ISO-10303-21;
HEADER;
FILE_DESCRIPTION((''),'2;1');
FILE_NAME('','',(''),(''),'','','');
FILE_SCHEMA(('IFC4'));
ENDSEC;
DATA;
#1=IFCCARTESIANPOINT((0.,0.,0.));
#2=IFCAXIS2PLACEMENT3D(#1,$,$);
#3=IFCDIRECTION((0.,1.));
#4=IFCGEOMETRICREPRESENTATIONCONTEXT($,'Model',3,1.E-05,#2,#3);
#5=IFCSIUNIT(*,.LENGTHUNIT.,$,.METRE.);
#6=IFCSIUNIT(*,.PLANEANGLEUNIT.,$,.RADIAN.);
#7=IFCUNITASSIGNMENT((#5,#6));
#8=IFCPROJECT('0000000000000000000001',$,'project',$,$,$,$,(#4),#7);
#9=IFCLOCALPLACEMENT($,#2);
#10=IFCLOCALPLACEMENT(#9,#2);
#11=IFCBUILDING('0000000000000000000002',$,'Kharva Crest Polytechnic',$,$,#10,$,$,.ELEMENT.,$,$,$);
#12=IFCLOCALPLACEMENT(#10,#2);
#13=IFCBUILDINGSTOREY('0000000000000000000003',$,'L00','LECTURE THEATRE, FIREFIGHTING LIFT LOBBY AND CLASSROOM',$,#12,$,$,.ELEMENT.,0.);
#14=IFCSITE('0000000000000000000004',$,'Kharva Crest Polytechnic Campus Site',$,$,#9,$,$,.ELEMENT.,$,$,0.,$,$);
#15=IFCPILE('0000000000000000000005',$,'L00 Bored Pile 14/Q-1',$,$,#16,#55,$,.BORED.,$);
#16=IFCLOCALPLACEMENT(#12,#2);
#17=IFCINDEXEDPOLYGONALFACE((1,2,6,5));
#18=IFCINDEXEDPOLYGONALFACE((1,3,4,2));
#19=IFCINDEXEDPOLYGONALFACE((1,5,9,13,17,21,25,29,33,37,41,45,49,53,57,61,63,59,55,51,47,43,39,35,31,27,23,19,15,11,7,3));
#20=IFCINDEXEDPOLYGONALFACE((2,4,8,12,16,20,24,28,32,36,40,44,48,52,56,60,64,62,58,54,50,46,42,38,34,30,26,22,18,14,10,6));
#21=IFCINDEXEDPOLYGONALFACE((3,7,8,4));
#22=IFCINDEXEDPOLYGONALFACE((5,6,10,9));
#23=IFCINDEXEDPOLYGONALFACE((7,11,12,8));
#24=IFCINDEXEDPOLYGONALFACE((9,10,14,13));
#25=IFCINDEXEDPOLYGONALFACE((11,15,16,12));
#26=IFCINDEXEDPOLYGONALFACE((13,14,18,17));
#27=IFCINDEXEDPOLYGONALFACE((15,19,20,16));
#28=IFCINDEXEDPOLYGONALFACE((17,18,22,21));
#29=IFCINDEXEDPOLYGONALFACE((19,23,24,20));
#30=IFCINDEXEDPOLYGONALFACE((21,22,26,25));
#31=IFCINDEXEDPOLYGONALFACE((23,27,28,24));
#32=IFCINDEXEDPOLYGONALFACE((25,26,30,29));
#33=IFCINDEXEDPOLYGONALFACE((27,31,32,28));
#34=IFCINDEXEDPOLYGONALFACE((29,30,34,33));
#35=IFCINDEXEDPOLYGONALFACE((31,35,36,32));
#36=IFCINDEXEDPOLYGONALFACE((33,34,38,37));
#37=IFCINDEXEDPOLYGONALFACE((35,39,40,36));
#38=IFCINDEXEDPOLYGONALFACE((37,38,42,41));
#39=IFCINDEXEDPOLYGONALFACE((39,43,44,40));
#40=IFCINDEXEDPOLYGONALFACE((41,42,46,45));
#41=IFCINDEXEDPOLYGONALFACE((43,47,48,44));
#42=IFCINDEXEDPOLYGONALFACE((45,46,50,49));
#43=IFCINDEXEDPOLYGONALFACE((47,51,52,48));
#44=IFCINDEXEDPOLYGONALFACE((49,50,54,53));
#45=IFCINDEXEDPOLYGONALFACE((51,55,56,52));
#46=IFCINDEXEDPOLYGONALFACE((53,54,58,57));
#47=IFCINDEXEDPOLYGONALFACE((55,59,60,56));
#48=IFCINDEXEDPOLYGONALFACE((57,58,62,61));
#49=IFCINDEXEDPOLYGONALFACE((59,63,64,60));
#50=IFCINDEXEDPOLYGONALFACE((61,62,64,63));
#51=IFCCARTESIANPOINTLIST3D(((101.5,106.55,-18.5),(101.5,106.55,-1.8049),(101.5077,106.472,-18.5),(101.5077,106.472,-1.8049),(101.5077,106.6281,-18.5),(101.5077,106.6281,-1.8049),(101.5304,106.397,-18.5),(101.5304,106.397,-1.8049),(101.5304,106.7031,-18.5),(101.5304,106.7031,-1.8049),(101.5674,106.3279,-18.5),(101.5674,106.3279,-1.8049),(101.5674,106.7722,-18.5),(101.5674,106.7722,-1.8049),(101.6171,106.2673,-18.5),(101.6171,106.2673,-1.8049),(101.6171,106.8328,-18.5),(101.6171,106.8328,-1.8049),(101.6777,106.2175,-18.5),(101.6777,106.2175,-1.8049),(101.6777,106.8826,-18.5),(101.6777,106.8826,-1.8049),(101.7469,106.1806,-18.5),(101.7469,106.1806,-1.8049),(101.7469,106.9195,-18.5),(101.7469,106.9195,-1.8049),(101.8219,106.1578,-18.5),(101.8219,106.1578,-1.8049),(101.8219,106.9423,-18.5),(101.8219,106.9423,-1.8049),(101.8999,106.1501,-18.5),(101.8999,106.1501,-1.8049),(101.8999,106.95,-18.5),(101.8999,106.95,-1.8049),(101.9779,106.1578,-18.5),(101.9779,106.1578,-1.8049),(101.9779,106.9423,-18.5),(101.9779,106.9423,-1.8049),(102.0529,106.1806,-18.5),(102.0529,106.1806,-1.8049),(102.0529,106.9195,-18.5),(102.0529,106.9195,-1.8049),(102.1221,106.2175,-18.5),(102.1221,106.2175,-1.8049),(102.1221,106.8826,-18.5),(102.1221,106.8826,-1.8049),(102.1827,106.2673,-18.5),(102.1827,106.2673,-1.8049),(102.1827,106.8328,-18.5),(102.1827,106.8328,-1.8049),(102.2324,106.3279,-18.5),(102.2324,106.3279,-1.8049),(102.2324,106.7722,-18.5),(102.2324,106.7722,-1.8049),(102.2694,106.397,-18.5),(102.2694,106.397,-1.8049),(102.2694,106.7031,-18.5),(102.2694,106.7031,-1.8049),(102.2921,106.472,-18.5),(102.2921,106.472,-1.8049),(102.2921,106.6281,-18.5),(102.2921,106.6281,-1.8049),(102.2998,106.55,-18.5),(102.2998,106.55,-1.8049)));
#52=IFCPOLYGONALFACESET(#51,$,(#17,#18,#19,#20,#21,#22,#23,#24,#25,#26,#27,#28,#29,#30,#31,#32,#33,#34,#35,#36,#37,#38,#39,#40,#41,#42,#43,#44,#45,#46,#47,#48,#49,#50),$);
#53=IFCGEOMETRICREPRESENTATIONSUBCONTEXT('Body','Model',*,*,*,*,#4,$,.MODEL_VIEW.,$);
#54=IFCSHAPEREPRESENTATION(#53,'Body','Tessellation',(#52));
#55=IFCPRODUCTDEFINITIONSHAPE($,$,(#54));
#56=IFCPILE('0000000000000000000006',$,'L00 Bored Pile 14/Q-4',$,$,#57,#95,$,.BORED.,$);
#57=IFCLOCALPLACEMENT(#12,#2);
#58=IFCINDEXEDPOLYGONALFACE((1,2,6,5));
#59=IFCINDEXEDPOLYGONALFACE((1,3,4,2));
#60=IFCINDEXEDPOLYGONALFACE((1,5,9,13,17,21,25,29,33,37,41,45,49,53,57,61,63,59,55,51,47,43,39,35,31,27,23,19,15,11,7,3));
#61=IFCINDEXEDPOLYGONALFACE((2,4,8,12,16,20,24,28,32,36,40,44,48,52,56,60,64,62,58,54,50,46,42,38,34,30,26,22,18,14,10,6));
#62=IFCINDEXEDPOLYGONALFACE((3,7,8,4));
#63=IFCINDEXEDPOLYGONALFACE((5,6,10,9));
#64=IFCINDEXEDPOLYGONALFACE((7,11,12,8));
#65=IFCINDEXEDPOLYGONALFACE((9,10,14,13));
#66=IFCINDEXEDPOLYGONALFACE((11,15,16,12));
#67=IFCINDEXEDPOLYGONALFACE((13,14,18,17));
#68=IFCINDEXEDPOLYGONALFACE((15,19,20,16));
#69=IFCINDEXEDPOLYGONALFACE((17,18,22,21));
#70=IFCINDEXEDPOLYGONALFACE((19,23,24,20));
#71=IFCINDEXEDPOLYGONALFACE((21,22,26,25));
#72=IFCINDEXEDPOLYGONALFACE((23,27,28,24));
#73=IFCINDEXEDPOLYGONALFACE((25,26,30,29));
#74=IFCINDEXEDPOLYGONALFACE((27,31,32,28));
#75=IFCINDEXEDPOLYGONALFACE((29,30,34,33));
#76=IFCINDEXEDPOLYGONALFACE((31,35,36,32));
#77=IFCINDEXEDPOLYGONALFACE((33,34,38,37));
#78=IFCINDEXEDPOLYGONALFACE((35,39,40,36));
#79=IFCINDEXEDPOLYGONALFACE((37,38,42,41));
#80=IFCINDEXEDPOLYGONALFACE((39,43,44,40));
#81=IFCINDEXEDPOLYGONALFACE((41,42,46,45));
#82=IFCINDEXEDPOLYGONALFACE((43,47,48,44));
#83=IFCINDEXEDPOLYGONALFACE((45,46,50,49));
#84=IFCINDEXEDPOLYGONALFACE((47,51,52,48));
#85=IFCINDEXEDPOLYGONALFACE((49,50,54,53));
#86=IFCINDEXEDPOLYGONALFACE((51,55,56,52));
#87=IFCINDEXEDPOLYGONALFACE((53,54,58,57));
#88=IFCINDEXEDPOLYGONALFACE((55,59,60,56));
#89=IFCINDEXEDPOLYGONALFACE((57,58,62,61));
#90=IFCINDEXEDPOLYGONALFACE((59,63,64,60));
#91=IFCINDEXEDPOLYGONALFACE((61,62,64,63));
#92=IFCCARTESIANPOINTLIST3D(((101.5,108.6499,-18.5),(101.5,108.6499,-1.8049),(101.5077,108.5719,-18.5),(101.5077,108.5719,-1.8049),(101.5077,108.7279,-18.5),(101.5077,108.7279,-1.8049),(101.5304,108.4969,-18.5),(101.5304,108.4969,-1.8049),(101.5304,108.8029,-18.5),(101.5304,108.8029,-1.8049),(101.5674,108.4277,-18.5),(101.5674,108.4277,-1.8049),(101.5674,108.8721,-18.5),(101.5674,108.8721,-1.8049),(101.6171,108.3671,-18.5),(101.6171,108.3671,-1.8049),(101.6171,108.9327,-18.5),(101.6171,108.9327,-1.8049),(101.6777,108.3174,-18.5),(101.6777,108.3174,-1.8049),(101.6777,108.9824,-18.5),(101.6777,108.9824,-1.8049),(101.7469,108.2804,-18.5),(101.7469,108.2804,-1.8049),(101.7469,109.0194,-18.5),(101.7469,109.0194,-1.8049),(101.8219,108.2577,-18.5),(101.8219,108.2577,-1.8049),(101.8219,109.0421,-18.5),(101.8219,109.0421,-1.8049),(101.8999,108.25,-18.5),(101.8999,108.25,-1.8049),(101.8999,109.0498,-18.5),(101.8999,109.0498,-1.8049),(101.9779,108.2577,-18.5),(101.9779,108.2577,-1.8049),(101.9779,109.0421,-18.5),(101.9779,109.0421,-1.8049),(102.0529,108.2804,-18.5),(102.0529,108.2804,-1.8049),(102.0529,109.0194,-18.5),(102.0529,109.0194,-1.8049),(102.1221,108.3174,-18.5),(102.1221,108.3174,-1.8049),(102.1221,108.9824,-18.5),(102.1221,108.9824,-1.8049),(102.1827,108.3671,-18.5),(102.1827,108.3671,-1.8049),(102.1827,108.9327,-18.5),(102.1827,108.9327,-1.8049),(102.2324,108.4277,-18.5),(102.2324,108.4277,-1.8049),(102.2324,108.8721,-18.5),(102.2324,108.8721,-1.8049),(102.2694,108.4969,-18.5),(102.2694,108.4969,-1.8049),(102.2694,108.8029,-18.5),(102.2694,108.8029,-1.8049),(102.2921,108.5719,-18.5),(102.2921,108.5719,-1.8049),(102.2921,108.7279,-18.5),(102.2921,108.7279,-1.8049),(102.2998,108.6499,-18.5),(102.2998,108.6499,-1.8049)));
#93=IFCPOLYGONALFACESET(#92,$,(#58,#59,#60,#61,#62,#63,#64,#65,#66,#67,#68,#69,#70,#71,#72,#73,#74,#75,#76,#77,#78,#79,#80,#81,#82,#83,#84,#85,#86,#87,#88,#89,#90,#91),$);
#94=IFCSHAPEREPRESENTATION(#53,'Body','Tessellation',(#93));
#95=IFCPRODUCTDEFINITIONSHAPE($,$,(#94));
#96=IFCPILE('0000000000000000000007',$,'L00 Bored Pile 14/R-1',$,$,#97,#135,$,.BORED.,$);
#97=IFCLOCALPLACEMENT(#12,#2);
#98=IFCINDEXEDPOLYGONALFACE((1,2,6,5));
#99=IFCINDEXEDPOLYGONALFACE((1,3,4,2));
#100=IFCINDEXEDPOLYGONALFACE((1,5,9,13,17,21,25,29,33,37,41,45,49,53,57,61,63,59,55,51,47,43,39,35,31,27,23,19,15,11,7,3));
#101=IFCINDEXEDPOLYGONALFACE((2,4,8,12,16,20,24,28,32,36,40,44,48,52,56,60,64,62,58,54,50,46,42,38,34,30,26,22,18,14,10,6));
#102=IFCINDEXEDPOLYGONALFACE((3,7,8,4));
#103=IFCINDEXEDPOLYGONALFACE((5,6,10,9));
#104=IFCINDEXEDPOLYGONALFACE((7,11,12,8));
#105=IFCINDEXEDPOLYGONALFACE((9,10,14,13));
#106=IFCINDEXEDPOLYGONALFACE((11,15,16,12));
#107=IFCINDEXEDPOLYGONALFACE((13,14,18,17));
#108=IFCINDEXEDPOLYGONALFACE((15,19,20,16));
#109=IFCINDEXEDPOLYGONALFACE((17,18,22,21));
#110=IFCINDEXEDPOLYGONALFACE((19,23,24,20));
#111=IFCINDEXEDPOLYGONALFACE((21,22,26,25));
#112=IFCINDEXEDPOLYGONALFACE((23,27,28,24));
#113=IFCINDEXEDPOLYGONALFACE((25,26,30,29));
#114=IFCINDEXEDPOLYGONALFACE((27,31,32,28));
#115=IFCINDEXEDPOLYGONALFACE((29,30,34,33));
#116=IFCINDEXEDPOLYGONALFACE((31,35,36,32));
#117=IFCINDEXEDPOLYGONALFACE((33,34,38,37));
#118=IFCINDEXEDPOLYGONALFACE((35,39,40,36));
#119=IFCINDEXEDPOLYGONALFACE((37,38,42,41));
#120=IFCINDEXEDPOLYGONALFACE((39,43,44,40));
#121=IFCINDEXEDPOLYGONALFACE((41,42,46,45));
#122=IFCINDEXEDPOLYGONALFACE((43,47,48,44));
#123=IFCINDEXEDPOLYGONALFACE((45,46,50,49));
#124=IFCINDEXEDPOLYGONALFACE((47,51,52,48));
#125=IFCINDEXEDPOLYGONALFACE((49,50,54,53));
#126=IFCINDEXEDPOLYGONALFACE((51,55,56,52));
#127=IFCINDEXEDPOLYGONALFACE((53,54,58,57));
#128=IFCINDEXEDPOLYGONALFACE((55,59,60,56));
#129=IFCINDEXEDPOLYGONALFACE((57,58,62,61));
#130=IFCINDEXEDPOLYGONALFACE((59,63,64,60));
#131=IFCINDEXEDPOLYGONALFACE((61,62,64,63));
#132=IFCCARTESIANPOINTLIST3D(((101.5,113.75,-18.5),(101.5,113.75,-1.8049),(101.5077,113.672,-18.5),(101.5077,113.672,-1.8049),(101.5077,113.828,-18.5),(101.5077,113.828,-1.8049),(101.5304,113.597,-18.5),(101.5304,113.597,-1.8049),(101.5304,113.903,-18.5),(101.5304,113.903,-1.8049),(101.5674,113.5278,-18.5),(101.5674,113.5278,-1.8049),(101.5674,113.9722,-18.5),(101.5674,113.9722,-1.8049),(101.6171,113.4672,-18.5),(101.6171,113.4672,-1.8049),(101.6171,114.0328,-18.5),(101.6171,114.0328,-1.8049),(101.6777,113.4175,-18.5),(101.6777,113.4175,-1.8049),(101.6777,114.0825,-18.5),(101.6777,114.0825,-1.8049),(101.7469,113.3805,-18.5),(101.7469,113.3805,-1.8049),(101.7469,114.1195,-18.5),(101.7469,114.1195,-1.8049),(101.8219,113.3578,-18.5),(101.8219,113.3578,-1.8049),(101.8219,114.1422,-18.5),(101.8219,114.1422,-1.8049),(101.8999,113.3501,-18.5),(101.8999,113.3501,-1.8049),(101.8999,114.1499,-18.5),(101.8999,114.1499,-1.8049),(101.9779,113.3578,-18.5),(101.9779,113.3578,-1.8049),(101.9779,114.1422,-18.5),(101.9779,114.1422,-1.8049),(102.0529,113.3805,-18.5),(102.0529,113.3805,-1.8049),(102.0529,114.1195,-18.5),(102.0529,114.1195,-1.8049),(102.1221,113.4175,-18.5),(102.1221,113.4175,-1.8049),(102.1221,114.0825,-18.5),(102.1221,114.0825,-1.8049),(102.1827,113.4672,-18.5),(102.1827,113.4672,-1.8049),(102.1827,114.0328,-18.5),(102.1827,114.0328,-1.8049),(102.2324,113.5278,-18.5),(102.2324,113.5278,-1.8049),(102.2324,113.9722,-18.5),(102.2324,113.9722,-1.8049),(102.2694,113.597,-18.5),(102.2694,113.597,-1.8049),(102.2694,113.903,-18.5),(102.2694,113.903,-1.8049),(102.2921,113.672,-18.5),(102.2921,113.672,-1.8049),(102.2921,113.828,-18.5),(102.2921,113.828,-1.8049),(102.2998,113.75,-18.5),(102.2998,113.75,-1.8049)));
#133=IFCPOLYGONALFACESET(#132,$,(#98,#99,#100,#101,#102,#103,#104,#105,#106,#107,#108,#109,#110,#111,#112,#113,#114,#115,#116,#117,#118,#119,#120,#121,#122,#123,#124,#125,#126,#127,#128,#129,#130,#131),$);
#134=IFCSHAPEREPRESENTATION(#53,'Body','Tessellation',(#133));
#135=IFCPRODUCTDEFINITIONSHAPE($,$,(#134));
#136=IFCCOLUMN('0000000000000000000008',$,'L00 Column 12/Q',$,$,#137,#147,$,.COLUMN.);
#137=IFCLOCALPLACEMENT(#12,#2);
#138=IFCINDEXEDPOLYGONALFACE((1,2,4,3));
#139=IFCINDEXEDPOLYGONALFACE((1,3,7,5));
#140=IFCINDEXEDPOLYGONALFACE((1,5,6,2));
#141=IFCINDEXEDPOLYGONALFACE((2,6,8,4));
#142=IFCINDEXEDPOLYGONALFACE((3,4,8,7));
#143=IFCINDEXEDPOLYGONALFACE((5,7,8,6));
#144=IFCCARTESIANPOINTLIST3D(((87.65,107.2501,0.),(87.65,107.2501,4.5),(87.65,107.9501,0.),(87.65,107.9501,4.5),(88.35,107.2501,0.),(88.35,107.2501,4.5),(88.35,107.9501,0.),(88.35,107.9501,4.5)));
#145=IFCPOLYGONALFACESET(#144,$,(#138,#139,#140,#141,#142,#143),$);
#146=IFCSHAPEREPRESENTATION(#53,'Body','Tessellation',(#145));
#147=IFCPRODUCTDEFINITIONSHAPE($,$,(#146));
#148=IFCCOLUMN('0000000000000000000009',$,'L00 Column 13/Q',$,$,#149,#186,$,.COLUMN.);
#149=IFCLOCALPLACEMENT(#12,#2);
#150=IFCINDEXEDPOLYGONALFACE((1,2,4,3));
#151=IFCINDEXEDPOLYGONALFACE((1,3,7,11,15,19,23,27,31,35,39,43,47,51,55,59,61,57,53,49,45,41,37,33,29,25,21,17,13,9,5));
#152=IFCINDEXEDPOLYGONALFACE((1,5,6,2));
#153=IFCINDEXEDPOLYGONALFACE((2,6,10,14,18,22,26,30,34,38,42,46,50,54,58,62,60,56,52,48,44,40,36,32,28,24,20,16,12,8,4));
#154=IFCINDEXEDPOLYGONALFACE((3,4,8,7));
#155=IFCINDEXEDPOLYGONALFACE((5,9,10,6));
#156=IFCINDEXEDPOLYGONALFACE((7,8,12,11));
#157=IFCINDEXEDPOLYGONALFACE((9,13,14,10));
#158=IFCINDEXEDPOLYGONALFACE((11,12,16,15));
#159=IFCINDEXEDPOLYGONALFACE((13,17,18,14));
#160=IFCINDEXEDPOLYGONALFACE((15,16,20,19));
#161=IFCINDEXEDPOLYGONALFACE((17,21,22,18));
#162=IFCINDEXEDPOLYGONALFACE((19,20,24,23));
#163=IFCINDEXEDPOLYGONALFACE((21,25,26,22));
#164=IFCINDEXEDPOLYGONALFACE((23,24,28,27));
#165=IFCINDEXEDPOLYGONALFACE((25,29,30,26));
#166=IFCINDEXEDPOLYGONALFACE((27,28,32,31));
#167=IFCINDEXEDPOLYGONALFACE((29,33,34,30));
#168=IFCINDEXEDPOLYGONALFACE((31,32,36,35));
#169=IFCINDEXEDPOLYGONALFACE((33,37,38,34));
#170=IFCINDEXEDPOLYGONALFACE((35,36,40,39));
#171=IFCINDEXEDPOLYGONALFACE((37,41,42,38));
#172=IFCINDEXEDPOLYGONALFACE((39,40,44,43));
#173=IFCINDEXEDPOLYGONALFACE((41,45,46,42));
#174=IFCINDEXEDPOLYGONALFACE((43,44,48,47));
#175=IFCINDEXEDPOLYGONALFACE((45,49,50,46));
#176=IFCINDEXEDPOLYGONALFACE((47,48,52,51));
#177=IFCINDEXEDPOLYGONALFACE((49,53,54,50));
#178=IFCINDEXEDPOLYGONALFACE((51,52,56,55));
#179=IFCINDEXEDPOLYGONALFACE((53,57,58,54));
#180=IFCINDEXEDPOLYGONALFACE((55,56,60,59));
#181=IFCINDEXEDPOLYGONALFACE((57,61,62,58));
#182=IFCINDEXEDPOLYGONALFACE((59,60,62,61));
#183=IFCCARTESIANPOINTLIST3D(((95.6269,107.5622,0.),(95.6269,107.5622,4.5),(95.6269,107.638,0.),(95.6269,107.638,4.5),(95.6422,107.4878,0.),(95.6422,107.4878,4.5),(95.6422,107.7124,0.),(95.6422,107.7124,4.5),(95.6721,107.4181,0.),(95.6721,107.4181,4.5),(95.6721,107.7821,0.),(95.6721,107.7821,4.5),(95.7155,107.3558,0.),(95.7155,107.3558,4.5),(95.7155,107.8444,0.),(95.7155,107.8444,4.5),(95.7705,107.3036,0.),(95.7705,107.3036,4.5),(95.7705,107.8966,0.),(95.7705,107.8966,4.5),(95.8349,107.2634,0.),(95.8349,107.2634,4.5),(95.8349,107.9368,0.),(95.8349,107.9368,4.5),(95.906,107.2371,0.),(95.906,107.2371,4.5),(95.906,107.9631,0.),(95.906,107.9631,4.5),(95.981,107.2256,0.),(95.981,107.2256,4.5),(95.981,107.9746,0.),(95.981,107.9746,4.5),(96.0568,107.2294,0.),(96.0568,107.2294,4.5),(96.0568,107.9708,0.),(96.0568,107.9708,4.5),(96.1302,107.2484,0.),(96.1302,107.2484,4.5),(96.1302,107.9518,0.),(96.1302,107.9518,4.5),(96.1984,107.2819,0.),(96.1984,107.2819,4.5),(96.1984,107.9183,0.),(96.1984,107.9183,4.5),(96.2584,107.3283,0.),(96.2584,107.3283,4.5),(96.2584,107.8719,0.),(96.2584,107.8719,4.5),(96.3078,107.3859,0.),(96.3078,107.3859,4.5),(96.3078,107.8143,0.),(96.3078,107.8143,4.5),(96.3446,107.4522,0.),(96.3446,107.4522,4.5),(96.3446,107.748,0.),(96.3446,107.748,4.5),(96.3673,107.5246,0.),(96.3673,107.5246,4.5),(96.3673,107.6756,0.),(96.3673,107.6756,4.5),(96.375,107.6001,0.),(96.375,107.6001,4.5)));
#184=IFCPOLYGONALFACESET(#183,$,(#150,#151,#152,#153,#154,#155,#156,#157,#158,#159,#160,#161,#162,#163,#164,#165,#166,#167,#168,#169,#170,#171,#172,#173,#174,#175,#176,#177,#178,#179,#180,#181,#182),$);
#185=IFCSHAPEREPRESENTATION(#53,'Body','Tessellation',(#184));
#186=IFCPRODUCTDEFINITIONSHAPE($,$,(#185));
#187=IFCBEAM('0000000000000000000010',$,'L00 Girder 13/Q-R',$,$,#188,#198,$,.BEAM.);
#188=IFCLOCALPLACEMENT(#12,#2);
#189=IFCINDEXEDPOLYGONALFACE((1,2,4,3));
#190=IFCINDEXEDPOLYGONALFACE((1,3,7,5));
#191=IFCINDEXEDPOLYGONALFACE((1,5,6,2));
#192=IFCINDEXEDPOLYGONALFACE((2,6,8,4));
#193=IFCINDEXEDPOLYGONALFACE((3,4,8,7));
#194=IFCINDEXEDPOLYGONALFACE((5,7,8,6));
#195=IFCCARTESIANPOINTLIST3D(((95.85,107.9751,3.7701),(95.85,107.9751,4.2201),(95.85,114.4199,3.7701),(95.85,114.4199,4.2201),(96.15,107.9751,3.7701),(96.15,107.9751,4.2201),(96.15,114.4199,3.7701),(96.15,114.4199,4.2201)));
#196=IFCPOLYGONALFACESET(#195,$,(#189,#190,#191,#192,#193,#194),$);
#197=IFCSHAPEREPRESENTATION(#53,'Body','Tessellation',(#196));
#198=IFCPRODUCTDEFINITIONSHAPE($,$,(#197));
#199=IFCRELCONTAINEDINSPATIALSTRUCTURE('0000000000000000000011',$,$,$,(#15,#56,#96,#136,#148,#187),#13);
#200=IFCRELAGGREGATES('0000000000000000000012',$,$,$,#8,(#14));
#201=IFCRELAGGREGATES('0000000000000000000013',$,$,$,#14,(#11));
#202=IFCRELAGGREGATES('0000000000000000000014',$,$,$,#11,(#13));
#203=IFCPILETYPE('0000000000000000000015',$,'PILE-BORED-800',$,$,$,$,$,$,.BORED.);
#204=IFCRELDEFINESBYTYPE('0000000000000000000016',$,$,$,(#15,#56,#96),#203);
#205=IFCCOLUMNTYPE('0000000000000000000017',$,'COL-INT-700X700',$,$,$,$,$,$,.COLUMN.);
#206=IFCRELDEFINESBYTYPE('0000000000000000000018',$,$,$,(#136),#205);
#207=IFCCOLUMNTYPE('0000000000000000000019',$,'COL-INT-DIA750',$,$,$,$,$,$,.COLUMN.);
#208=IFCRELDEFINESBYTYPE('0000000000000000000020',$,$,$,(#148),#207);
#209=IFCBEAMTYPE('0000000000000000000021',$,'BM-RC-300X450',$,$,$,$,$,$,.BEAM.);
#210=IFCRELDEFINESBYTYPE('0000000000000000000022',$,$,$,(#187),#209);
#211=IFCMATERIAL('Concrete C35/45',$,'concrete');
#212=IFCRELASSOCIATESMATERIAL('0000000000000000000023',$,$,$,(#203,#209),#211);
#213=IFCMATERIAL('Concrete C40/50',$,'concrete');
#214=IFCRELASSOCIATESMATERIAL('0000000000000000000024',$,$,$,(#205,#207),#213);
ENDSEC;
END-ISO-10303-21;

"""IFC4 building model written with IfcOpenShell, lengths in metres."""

from ifc_helpers import new_model, si_unit, direction, frame, origin, origin_2d, place, context, subcontext, project, spatial, rectangle, circle, extrude, material, material_profile, profile_set, type_object, element, save


model = new_model("IFC4")

# Units and contexts
model_context = context("Model", 3, precision=1e-05, world=origin(), true_north=direction((0.0, 1.0)))
body_context = subcontext(model_context, "Body", "Model", "MODEL_VIEW")
ifc_project = project(units=[si_unit("LENGTHUNIT", "METRE"), si_unit("PLANEANGLEUNIT", "RADIAN")], contexts=[model_context])

# Site, building, storey
site_placement = place(None, origin())
site = spatial("IfcSite", under=ifc_project, at=site_placement, Name="Kharva Crest Polytechnic Campus Site", CompositionType="ELEMENT", RefElevation=0.0)
building_placement = place(site_placement, origin())
building = spatial("IfcBuilding", under=site, at=building_placement, Name="Kharva Crest Polytechnic", CompositionType="ELEMENT")
storey_placement = place(building_placement, origin())
storey = spatial("IfcBuildingStorey", under=building, at=storey_placement, Name="L00", Description="LECTURE THEATRE, FIREFIGHTING LIFT LOBBY AND CLASSROOM", CompositionType="ELEMENT", Elevation=0.0)

# Shared definitions
ifc_material_1 = material(Name="Concrete C35/45", Category="concrete")

# Piles
ifc_material_profile_1 = material_profile(ifc_material_1, circle(Radius=0.3999, at=origin_2d()), Name="DIA 800")
ifc_profile_set_1 = profile_set([ifc_material_profile_1], Name="Concrete C35/45")
pile_type_1 = type_object("IfcPileType", Name="PILE-BORED-800", PredefinedType="BORED", material=ifc_profile_set_1)
for number, where, z_axis, x_axis, name in (
    (1, (101.8999, 106.55, -1.8049), (0.0, 0.0, -1.0), (1.0, 0.0, 0.0), "L00 Bored Pile 14/Q-1"),
    (2, (101.8999, 108.6499, -1.8049), (0.0, 0.0, -1.0), (1.0, 0.0, 0.0), "L00 Bored Pile 14/Q-4"),
    (3, (101.8999, 113.75, -1.8049), (0.0, 0.0, -1.0), (1.0, 0.0, 0.0), "L00 Bored Pile 14/R-1"),
):
    element("IfcPile", number, at=place(storey_placement, frame(where, z_axis=z_axis, x_axis=x_axis)), inside=storey, type_object=pile_type_1, Name=name, PredefinedType="BORED", context=body_context, shape_type="SweptSolid", body=[
        extrude(circle(Radius=0.3999, at=origin_2d()), origin(), (0.0, 0.0, 1.0), 16.6951),
    ])

# Columns
ifc_material_2 = material(Name="Concrete C40/50", Category="concrete")
ifc_material_profile_2 = material_profile(ifc_material_2, rectangle(XDim=0.7, YDim=0.7, at=origin_2d()), Name="RECT 700 X 700")
ifc_profile_set_2 = profile_set([ifc_material_profile_2], Name="Concrete C40/50")
column_type_1 = type_object("IfcColumnType", Name="COL-INT-700X700", PredefinedType="COLUMN", material=ifc_profile_set_2)
column_1_placement = place(storey_placement, frame((88.0, 107.6001, 0.0), z_axis=(0.0, 0.0, 1.0), x_axis=(1.0, 0.0, 0.0)))
element("IfcColumn", 4, at=column_1_placement, inside=storey, type_object=column_type_1, Name="L00 Column 12/Q", PredefinedType="COLUMN", context=body_context, shape_type="SweptSolid", body=[
    extrude(rectangle(XDim=0.7, YDim=0.7, at=origin_2d()), origin(), (0.0, 0.0, 1.0), 4.5),
])
ifc_material_profile_3 = material_profile(ifc_material_2, circle(Radius=0.375, at=origin_2d()), Name="DIA 750")
ifc_profile_set_3 = profile_set([ifc_material_profile_3], Name="Concrete C40/50")
column_type_2 = type_object("IfcColumnType", Name="COL-INT-DIA750", PredefinedType="COLUMN", material=ifc_profile_set_3)
column_2_placement = place(storey_placement, frame((96.0, 107.6001, 0.0), z_axis=(0.0, 0.0, 1.0), x_axis=(1.0, 0.0, 0.0)))
element("IfcColumn", 5, at=column_2_placement, inside=storey, type_object=column_type_2, Name="L00 Column 13/Q", PredefinedType="COLUMN", context=body_context, shape_type="SweptSolid", body=[
    extrude(circle(Radius=0.375, at=origin_2d()), origin(), (0.0, 0.0, 1.0), 4.5),
])

# Beam
ifc_material_profile_4 = material_profile(ifc_material_1, rectangle(XDim=0.3, YDim=0.45, at=origin_2d()), Name="RECT 300 X 450")
ifc_profile_set_4 = profile_set([ifc_material_profile_4], Name="Concrete C35/45")
beam_type_1 = type_object("IfcBeamType", Name="BM-RC-300X450", PredefinedType="BEAM", material=ifc_profile_set_4)
beam_1_placement = place(storey_placement, frame((96.0, 107.9751, 3.9951), z_axis=(0.0, 1.0, 0.0), x_axis=(-1.0, 0.0, 0.0)))
element("IfcBeam", 6, at=beam_1_placement, inside=storey, type_object=beam_type_1, Name="L00 Girder 13/Q-R", PredefinedType="BEAM", context=body_context, shape_type="SweptSolid", body=[
    extrude(rectangle(XDim=0.3, YDim=0.45, at=origin_2d()), origin(), (0.0, 0.0, 1.0), 6.4448),
])

save(model, "model.ifc")
